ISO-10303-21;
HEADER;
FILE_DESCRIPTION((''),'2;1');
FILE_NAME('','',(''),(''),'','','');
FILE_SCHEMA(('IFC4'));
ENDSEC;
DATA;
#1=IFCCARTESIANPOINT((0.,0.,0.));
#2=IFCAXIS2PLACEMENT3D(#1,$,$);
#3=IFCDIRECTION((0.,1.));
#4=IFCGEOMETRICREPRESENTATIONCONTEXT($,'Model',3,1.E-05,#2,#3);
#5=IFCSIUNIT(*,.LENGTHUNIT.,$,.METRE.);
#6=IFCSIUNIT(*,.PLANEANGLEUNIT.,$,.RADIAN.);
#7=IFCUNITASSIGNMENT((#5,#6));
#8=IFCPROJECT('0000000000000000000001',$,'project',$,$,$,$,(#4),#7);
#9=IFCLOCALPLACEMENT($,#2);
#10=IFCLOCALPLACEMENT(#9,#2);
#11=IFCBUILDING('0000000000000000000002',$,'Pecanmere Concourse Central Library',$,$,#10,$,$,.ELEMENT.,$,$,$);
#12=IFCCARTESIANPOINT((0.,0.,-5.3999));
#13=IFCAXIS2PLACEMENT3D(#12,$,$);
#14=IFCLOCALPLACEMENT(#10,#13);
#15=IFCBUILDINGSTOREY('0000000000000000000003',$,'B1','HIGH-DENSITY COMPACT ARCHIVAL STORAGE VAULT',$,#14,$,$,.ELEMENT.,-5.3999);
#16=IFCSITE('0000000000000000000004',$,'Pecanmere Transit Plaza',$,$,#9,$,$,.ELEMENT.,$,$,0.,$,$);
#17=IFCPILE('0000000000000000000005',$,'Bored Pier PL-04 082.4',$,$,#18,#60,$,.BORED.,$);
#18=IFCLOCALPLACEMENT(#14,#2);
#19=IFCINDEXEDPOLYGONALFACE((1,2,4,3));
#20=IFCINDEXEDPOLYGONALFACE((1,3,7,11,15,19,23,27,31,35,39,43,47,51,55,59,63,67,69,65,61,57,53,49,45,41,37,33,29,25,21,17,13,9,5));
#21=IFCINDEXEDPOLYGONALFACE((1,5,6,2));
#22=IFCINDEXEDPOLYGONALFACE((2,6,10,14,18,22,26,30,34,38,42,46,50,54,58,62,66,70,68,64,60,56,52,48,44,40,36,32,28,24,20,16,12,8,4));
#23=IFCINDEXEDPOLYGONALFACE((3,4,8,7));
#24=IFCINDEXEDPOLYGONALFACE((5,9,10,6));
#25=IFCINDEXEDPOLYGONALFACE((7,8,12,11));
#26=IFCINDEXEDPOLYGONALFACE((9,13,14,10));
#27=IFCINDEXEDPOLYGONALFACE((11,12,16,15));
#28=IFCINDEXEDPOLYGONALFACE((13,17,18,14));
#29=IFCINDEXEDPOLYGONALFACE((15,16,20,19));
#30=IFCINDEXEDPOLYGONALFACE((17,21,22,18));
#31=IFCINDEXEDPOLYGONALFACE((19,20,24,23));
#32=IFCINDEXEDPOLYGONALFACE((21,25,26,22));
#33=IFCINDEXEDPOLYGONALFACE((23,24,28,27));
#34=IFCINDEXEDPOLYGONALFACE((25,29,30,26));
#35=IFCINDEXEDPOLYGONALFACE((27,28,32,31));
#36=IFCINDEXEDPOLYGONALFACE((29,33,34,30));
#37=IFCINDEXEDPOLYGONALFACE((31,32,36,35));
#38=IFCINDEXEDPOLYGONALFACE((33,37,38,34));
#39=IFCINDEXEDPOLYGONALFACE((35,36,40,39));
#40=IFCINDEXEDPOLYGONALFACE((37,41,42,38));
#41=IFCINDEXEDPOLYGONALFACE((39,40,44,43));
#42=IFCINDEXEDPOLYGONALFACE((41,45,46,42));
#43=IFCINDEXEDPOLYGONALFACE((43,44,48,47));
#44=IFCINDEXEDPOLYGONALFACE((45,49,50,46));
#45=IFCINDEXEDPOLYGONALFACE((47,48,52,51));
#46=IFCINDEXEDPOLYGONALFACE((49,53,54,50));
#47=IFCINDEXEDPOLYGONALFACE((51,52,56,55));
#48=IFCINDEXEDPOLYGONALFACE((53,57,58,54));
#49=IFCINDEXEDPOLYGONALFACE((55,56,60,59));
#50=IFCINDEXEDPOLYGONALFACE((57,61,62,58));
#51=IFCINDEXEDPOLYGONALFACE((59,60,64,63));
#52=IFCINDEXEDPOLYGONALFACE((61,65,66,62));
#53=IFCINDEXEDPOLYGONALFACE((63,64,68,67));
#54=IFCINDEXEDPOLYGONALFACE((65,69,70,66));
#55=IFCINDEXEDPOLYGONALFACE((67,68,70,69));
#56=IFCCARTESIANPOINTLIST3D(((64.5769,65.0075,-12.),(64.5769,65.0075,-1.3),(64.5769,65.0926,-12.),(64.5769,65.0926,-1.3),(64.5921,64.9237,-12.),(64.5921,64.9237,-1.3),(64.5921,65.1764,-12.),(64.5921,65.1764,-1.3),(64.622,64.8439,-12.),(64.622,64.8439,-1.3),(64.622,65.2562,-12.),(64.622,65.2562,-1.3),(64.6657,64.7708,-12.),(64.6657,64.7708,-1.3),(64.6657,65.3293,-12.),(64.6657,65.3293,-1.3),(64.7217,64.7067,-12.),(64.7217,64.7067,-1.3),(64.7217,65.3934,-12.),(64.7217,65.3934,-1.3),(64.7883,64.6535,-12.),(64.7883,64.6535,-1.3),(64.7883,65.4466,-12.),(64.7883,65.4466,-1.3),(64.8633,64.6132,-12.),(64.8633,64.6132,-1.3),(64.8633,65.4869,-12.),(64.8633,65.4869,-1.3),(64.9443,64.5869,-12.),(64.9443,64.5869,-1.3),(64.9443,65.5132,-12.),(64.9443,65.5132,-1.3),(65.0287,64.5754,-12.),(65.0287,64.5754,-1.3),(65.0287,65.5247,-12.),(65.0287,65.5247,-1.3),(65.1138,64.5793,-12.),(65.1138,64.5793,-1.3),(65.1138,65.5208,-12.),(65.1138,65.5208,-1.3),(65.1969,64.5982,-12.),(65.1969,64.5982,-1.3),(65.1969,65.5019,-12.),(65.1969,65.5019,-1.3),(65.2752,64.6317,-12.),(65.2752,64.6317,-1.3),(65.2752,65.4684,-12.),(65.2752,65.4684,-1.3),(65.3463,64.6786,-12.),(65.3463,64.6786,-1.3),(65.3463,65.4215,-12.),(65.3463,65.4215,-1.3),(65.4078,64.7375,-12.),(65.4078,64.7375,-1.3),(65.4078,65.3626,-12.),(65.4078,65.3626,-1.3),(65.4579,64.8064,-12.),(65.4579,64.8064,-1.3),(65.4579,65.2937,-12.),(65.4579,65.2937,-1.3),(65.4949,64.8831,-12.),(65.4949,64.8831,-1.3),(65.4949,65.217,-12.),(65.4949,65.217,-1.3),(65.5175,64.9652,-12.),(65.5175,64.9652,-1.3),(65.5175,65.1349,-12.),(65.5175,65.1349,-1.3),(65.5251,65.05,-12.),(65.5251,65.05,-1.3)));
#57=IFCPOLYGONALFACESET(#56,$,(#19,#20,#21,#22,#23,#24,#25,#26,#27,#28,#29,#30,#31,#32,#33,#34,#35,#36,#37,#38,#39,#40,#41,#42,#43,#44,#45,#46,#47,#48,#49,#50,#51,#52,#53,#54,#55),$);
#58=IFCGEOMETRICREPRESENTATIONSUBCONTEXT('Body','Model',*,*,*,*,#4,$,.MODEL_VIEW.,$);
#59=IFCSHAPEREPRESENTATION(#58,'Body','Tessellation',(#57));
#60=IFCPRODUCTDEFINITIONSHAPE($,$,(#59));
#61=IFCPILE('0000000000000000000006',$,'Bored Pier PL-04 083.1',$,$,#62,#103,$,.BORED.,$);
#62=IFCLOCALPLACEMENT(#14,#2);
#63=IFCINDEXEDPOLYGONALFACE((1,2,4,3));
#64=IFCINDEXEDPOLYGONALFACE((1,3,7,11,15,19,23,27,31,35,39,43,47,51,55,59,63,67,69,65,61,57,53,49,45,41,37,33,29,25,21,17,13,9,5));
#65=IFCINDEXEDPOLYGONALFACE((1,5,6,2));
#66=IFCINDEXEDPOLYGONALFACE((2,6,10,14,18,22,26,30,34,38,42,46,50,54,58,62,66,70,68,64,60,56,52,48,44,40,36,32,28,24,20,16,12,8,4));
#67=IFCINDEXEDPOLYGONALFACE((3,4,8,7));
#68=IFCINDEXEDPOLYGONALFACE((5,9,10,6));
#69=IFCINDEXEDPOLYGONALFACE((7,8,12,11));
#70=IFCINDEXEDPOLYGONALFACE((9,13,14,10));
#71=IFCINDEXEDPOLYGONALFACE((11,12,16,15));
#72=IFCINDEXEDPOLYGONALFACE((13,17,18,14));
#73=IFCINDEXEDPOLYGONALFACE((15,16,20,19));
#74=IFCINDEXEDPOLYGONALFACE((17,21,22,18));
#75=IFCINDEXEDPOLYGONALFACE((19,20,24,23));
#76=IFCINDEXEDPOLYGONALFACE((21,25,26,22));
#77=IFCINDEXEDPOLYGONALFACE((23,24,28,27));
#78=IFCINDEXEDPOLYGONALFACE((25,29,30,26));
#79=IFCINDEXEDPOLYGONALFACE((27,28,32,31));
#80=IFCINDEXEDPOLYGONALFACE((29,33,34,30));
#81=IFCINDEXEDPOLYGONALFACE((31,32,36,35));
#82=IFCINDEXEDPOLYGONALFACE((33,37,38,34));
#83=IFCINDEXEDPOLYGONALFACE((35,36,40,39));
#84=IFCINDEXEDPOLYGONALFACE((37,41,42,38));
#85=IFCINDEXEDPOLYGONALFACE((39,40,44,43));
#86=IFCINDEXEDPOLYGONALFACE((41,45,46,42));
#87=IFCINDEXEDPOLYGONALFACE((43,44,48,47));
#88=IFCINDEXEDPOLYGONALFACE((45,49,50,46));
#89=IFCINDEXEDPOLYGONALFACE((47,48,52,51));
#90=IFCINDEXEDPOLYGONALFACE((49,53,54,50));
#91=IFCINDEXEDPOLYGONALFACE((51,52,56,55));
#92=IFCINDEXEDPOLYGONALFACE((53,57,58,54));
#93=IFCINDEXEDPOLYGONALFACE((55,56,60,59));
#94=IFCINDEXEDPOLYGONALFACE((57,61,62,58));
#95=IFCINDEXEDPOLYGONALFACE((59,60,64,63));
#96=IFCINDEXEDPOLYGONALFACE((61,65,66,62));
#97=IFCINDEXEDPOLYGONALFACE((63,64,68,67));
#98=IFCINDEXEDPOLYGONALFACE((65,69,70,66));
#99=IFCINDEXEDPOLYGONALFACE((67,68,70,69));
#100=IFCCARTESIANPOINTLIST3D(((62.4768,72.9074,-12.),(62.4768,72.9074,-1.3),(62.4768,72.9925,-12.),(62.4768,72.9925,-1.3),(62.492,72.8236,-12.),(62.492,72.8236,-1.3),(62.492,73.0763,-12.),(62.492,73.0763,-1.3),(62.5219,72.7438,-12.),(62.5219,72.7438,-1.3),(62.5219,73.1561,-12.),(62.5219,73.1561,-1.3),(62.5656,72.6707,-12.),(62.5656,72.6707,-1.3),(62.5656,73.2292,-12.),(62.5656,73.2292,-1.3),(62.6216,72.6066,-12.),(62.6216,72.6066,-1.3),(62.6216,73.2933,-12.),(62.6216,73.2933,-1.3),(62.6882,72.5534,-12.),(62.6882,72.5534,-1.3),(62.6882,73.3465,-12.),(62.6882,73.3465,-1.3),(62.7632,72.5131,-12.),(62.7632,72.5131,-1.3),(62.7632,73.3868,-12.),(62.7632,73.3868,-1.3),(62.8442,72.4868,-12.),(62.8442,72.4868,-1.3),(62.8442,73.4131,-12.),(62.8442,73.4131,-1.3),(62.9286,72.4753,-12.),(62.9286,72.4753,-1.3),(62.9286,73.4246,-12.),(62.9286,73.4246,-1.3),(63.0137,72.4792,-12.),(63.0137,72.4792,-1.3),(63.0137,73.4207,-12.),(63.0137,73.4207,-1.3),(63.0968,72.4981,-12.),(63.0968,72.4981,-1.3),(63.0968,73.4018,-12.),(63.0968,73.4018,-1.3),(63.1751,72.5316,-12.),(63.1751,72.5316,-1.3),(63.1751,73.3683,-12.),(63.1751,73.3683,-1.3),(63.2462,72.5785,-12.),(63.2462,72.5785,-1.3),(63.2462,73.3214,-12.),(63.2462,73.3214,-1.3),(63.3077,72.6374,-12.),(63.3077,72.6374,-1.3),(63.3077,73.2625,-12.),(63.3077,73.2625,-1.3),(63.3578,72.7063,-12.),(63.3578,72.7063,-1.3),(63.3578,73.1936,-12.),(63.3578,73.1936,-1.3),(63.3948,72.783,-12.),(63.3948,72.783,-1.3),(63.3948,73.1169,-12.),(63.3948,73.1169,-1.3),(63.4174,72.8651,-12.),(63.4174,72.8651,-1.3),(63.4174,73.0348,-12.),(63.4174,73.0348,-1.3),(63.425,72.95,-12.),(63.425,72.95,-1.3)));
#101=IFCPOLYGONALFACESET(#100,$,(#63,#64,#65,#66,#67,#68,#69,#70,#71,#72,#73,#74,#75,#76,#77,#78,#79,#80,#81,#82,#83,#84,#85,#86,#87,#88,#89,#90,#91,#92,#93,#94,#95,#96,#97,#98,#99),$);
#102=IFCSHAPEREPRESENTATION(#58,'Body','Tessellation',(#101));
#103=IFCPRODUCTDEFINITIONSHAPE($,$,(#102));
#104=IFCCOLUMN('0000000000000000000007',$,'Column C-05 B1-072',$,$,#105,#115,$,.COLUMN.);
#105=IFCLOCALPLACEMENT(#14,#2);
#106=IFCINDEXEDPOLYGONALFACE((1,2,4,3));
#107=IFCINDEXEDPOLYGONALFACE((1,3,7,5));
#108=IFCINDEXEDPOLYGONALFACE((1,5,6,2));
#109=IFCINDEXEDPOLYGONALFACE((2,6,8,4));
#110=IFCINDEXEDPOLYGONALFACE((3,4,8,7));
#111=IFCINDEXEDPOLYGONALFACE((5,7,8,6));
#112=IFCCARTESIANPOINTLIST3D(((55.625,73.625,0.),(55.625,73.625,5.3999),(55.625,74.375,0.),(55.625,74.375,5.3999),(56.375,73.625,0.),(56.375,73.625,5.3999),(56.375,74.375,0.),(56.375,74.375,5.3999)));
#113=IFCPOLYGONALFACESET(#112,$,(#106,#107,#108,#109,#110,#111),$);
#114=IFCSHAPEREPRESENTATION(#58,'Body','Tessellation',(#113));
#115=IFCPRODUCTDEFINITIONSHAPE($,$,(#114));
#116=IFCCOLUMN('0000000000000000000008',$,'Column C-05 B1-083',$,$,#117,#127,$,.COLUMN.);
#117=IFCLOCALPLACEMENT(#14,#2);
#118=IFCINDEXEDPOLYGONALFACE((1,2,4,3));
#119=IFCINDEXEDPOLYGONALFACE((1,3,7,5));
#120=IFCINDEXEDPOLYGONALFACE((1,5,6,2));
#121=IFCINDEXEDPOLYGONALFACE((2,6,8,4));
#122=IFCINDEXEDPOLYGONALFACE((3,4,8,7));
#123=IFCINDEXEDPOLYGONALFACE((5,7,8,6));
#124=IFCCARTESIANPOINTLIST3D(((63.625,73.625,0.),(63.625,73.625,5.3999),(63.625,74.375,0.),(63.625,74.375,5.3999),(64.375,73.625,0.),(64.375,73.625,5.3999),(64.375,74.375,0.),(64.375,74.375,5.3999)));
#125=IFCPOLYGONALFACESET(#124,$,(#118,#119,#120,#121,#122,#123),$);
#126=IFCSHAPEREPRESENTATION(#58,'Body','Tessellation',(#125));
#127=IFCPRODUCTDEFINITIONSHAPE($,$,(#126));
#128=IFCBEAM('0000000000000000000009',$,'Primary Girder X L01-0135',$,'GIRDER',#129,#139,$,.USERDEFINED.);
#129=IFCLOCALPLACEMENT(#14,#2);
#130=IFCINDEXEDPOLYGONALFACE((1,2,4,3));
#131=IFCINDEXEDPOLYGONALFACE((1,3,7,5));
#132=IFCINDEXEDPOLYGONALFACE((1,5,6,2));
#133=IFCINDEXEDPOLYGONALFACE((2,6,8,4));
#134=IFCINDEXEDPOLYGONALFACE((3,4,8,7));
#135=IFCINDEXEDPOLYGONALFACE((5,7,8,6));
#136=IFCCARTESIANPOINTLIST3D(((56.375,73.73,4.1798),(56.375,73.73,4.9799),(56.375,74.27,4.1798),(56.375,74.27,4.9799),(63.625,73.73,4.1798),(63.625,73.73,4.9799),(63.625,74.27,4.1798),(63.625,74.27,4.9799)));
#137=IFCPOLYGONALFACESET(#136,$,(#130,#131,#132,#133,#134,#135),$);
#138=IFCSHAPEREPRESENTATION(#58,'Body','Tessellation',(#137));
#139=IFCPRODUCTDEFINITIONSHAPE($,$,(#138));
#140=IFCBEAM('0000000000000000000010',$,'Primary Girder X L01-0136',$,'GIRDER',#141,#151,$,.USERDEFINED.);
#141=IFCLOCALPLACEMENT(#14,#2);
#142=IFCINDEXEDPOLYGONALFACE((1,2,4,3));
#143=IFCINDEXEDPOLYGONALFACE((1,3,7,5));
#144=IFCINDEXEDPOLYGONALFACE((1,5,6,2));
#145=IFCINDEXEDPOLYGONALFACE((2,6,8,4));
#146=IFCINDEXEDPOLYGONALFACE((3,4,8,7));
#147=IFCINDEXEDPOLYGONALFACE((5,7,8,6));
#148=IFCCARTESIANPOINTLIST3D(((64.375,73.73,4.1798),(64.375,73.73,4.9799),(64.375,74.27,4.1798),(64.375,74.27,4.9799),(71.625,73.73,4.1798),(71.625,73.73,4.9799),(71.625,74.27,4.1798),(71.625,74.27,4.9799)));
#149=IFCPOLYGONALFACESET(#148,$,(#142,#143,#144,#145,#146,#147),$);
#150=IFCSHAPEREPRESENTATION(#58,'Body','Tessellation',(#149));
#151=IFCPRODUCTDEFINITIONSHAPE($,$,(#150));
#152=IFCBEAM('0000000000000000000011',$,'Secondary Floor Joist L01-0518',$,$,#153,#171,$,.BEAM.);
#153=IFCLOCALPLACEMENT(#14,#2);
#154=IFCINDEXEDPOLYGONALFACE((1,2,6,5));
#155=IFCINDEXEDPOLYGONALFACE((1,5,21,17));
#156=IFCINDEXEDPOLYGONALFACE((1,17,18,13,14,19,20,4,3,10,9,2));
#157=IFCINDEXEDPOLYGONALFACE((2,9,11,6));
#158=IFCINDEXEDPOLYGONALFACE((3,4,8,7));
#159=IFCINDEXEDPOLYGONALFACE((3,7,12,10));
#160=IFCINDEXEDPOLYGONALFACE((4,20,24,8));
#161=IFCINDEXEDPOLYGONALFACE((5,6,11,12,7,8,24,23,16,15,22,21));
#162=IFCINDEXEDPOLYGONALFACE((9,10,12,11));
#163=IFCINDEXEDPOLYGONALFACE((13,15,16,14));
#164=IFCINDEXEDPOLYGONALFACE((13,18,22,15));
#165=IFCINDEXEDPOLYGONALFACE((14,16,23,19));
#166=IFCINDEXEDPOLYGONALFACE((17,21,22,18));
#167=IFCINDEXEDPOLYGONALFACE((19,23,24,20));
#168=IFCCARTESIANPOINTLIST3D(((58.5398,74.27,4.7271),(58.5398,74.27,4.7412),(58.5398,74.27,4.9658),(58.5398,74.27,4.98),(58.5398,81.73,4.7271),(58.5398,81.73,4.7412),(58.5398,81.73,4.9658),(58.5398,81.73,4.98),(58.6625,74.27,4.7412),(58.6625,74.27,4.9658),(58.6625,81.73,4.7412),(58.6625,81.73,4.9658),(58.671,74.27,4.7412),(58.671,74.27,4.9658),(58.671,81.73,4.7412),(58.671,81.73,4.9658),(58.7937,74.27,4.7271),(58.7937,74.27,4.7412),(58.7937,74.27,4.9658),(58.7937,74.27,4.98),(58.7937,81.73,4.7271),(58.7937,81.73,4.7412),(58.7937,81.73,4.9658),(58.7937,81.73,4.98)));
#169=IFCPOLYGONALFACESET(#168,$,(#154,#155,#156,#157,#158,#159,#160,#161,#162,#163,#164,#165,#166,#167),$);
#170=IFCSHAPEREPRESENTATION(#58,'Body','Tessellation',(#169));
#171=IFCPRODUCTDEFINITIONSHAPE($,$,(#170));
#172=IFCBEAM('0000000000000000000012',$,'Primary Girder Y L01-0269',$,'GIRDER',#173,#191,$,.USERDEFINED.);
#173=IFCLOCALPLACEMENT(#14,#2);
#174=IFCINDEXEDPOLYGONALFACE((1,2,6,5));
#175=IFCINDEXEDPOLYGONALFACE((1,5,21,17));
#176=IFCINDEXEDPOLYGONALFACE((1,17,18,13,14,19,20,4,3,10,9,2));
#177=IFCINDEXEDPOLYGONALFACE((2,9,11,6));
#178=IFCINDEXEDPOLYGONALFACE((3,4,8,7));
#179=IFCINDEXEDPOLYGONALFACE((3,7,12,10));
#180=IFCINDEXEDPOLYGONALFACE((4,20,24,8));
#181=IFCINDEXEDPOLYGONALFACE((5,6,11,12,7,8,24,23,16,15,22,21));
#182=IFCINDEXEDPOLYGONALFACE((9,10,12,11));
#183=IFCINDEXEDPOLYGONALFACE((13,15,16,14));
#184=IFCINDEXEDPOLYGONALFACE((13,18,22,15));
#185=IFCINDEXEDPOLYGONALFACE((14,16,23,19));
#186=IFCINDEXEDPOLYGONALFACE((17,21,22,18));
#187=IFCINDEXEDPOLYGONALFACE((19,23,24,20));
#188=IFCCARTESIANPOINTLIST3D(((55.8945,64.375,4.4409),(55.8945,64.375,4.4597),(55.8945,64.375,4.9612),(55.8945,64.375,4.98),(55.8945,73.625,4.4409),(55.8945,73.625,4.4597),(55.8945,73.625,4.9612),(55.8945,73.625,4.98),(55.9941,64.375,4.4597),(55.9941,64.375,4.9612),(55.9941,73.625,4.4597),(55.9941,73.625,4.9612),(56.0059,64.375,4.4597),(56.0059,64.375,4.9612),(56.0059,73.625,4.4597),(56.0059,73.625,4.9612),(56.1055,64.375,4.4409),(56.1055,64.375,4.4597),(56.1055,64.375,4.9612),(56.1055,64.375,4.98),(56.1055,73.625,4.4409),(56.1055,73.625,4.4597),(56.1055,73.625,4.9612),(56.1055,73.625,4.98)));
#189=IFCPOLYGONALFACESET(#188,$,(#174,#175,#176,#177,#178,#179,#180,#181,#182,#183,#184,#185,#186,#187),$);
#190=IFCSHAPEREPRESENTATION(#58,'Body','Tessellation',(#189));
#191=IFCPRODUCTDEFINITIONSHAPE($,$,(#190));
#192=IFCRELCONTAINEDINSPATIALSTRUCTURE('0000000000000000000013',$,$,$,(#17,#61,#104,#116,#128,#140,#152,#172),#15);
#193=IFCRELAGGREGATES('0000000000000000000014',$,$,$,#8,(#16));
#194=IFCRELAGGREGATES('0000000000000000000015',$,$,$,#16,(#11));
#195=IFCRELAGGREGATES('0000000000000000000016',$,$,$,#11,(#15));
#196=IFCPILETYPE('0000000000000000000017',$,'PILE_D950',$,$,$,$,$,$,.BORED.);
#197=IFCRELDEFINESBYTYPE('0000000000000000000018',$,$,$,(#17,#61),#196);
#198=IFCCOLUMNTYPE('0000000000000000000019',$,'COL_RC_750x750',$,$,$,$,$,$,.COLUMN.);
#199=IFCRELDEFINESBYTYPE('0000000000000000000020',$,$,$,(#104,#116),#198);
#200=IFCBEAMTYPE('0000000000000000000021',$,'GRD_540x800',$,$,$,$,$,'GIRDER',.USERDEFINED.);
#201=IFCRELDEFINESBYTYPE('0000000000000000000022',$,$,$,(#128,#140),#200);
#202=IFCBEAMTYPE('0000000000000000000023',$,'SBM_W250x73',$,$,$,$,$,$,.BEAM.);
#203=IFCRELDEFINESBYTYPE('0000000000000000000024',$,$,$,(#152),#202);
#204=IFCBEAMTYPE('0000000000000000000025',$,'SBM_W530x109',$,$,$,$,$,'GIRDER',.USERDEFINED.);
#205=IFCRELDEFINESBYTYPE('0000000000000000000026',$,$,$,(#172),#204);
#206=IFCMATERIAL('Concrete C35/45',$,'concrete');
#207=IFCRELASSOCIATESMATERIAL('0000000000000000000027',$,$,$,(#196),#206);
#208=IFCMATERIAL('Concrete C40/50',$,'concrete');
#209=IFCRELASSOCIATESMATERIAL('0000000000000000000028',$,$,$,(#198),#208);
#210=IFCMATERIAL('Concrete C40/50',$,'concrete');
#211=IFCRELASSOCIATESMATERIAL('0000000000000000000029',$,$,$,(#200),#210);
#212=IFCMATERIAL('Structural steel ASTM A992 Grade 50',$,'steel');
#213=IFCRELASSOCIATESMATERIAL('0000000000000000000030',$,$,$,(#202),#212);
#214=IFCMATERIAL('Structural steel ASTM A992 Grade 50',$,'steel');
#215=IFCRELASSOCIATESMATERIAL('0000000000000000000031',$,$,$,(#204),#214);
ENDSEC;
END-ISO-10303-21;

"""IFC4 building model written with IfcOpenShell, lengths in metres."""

from ifc_helpers import new_model, si_unit, direction, frame, origin, origin_2d, place, context, subcontext, project, spatial, rectangle, circle, i_section, extrude, material, material_profile, profile_set, type_object, element, save


model = new_model("IFC4")

# Units and contexts
model_context = context("Model", 3, precision=1e-05, world=origin(), true_north=direction((0.0, 1.0)))
body_context = subcontext(model_context, "Body", "Model", "MODEL_VIEW")
ifc_project = project(units=[si_unit("LENGTHUNIT", "METRE"), si_unit("PLANEANGLEUNIT", "RADIAN")], contexts=[model_context])

# Site, building, storey
site_placement = place(None, origin())
site = spatial("IfcSite", under=ifc_project, at=site_placement, Name="Pecanmere Transit Plaza", CompositionType="ELEMENT", RefElevation=0.0)
building_placement = place(site_placement, origin())
building = spatial("IfcBuilding", under=site, at=building_placement, Name="Pecanmere Concourse Central Library", CompositionType="ELEMENT")
storey_placement = place(building_placement, frame((0.0, 0.0, -5.3999)))
storey = spatial("IfcBuildingStorey", under=building, at=storey_placement, Name="B1", Description="HIGH-DENSITY COMPACT ARCHIVAL STORAGE VAULT", CompositionType="ELEMENT", Elevation=-5.3999)

# Piles
ifc_material_1 = material(Name="Concrete C35/45", Category="concrete")
ifc_material_profile_1 = material_profile(ifc_material_1, circle(Radius=0.4751, at=origin_2d()), Name="PIER D950")
ifc_profile_set_1 = profile_set([ifc_material_profile_1], Name="Concrete C35/45")
pile_type = type_object("IfcPileType", Name="PILE_D950", PredefinedType="BORED", material=ifc_profile_set_1)
for number, where, z_axis, x_axis, name in (
    (1, (65.05, 65.05, -1.3), (0.0, 0.0, -1.0), (1.0, 0.0, 0.0), "Bored Pier PL-04 082.4"),
    (2, (62.95, 72.95, -1.3), (0.0, 0.0, -1.0), (1.0, 0.0, 0.0), "Bored Pier PL-04 083.1"),
):
    element("IfcPile", number, at=place(storey_placement, frame(where, z_axis=z_axis, x_axis=x_axis)), inside=storey, type_object=pile_type, Name=name, PredefinedType="BORED", context=body_context, shape_type="SweptSolid", body=[
        extrude(circle(Radius=0.4751, at=origin_2d()), origin(), (0.0, 0.0, 1.0), 10.7),
    ])

# Columns
ifc_material_2 = material(Name="Concrete C40/50", Category="concrete")
ifc_material_profile_2 = material_profile(ifc_material_2, rectangle(XDim=0.75, YDim=0.75, at=origin_2d()), Name="RC 750x750")
ifc_profile_set_2 = profile_set([ifc_material_profile_2], Name="Concrete C40/50")
column_type = type_object("IfcColumnType", Name="COL_RC_750x750", PredefinedType="COLUMN", material=ifc_profile_set_2)
for number, where, z_axis, x_axis, name in (
    (3, (56.0, 74.0, 0.0), (0.0, 0.0, 1.0), (1.0, 0.0, 0.0), "Column C-05 B1-072"),
    (4, (64.0, 74.0, 0.0), (0.0, 0.0, 1.0), (1.0, 0.0, 0.0), "Column C-05 B1-083"),
):
    element("IfcColumn", number, at=place(storey_placement, frame(where, z_axis=z_axis, x_axis=x_axis)), inside=storey, type_object=column_type, Name=name, PredefinedType="COLUMN", context=body_context, shape_type="SweptSolid", body=[
        extrude(rectangle(XDim=0.75, YDim=0.75, at=origin_2d()), origin(), (0.0, 0.0, 1.0), 5.3999),
    ])

# Beams
ifc_material_3 = material(Name="Concrete C40/50", Category="concrete")
ifc_material_profile_3 = material_profile(ifc_material_3, rectangle(XDim=0.54, YDim=0.8, at=origin_2d()), Name="RC 540x800")
ifc_profile_set_3 = profile_set([ifc_material_profile_3], Name="Concrete C40/50")
beam_type_1 = type_object("IfcBeamType", Name="GRD_540x800", ElementType="GIRDER", PredefinedType="USERDEFINED", material=ifc_profile_set_3)
for number, where, z_axis, x_axis, name in (
    (5, (56.375, 74.0, 4.5798), (1.0, 0.0, 0.0), (0.0, 1.0, 0.0), "Primary Girder X L01-0135"),
    (6, (64.375, 74.0, 4.5798), (1.0, 0.0, 0.0), (0.0, 1.0, 0.0), "Primary Girder X L01-0136"),
):
    element("IfcBeam", number, at=place(storey_placement, frame(where, z_axis=z_axis, x_axis=x_axis)), inside=storey, type_object=beam_type_1, Name=name, ObjectType="GIRDER", PredefinedType="USERDEFINED", context=body_context, shape_type="SweptSolid", body=[
        extrude(rectangle(XDim=0.54, YDim=0.8, at=origin_2d()), origin(), (0.0, 0.0, 1.0), 7.25),
    ])
ifc_material_4 = material(Name="Structural steel ASTM A992 Grade 50", Category="steel")
ifc_material_profile_4 = material_profile(ifc_material_4, i_section(OverallWidth=0.2539, OverallDepth=0.2529, WebThickness=0.0085, FlangeThickness=0.0142, at=origin_2d()), Name="W250x73")
ifc_profile_set_4 = profile_set([ifc_material_profile_4], Name="Structural steel ASTM A992 Grade 50")
beam_type_2 = type_object("IfcBeamType", Name="SBM_W250x73", PredefinedType="BEAM", material=ifc_profile_set_4)
beam_placement = place(storey_placement, frame((58.6667, 74.27, 4.8535), z_axis=(0.0, 1.0, 0.0), x_axis=(-1.0, 0.0, 0.0)))
element("IfcBeam", 7, at=beam_placement, inside=storey, type_object=beam_type_2, Name="Secondary Floor Joist L01-0518", PredefinedType="BEAM", context=body_context, shape_type="SweptSolid", body=[
    extrude(i_section(OverallWidth=0.2539, OverallDepth=0.2529, WebThickness=0.0085, FlangeThickness=0.0142, at=origin_2d()), origin(), (0.0, 0.0, 1.0), 7.46),
])
ifc_material_5 = material(Name="Structural steel ASTM A992 Grade 50", Category="steel")
ifc_material_profile_5 = material_profile(ifc_material_5, i_section(OverallWidth=0.2109, OverallDepth=0.5391, WebThickness=0.0117, FlangeThickness=0.0188, at=origin_2d()), Name="W530x109")
ifc_profile_set_5 = profile_set([ifc_material_profile_5], Name="Structural steel ASTM A992 Grade 50")
beam_type_3 = type_object("IfcBeamType", Name="SBM_W530x109", ElementType="GIRDER", PredefinedType="USERDEFINED", material=ifc_profile_set_5)
for number, where, z_axis, x_axis, name in (
    (8, (56.0, 64.375, 4.7104), (0.0, 1.0, 0.0), (-1.0, 0.0, 0.0), "Primary Girder Y L01-0269"),
):
    element("IfcBeam", number, at=place(storey_placement, frame(where, z_axis=z_axis, x_axis=x_axis)), inside=storey, type_object=beam_type_3, Name=name, ObjectType="GIRDER", PredefinedType="USERDEFINED", context=body_context, shape_type="SweptSolid", body=[
        extrude(i_section(OverallWidth=0.2109, OverallDepth=0.5391, WebThickness=0.0117, FlangeThickness=0.0188, at=origin_2d()), origin(), (0.0, 0.0, 1.0), 9.25),
    ])

save(model, "model.ifc")
